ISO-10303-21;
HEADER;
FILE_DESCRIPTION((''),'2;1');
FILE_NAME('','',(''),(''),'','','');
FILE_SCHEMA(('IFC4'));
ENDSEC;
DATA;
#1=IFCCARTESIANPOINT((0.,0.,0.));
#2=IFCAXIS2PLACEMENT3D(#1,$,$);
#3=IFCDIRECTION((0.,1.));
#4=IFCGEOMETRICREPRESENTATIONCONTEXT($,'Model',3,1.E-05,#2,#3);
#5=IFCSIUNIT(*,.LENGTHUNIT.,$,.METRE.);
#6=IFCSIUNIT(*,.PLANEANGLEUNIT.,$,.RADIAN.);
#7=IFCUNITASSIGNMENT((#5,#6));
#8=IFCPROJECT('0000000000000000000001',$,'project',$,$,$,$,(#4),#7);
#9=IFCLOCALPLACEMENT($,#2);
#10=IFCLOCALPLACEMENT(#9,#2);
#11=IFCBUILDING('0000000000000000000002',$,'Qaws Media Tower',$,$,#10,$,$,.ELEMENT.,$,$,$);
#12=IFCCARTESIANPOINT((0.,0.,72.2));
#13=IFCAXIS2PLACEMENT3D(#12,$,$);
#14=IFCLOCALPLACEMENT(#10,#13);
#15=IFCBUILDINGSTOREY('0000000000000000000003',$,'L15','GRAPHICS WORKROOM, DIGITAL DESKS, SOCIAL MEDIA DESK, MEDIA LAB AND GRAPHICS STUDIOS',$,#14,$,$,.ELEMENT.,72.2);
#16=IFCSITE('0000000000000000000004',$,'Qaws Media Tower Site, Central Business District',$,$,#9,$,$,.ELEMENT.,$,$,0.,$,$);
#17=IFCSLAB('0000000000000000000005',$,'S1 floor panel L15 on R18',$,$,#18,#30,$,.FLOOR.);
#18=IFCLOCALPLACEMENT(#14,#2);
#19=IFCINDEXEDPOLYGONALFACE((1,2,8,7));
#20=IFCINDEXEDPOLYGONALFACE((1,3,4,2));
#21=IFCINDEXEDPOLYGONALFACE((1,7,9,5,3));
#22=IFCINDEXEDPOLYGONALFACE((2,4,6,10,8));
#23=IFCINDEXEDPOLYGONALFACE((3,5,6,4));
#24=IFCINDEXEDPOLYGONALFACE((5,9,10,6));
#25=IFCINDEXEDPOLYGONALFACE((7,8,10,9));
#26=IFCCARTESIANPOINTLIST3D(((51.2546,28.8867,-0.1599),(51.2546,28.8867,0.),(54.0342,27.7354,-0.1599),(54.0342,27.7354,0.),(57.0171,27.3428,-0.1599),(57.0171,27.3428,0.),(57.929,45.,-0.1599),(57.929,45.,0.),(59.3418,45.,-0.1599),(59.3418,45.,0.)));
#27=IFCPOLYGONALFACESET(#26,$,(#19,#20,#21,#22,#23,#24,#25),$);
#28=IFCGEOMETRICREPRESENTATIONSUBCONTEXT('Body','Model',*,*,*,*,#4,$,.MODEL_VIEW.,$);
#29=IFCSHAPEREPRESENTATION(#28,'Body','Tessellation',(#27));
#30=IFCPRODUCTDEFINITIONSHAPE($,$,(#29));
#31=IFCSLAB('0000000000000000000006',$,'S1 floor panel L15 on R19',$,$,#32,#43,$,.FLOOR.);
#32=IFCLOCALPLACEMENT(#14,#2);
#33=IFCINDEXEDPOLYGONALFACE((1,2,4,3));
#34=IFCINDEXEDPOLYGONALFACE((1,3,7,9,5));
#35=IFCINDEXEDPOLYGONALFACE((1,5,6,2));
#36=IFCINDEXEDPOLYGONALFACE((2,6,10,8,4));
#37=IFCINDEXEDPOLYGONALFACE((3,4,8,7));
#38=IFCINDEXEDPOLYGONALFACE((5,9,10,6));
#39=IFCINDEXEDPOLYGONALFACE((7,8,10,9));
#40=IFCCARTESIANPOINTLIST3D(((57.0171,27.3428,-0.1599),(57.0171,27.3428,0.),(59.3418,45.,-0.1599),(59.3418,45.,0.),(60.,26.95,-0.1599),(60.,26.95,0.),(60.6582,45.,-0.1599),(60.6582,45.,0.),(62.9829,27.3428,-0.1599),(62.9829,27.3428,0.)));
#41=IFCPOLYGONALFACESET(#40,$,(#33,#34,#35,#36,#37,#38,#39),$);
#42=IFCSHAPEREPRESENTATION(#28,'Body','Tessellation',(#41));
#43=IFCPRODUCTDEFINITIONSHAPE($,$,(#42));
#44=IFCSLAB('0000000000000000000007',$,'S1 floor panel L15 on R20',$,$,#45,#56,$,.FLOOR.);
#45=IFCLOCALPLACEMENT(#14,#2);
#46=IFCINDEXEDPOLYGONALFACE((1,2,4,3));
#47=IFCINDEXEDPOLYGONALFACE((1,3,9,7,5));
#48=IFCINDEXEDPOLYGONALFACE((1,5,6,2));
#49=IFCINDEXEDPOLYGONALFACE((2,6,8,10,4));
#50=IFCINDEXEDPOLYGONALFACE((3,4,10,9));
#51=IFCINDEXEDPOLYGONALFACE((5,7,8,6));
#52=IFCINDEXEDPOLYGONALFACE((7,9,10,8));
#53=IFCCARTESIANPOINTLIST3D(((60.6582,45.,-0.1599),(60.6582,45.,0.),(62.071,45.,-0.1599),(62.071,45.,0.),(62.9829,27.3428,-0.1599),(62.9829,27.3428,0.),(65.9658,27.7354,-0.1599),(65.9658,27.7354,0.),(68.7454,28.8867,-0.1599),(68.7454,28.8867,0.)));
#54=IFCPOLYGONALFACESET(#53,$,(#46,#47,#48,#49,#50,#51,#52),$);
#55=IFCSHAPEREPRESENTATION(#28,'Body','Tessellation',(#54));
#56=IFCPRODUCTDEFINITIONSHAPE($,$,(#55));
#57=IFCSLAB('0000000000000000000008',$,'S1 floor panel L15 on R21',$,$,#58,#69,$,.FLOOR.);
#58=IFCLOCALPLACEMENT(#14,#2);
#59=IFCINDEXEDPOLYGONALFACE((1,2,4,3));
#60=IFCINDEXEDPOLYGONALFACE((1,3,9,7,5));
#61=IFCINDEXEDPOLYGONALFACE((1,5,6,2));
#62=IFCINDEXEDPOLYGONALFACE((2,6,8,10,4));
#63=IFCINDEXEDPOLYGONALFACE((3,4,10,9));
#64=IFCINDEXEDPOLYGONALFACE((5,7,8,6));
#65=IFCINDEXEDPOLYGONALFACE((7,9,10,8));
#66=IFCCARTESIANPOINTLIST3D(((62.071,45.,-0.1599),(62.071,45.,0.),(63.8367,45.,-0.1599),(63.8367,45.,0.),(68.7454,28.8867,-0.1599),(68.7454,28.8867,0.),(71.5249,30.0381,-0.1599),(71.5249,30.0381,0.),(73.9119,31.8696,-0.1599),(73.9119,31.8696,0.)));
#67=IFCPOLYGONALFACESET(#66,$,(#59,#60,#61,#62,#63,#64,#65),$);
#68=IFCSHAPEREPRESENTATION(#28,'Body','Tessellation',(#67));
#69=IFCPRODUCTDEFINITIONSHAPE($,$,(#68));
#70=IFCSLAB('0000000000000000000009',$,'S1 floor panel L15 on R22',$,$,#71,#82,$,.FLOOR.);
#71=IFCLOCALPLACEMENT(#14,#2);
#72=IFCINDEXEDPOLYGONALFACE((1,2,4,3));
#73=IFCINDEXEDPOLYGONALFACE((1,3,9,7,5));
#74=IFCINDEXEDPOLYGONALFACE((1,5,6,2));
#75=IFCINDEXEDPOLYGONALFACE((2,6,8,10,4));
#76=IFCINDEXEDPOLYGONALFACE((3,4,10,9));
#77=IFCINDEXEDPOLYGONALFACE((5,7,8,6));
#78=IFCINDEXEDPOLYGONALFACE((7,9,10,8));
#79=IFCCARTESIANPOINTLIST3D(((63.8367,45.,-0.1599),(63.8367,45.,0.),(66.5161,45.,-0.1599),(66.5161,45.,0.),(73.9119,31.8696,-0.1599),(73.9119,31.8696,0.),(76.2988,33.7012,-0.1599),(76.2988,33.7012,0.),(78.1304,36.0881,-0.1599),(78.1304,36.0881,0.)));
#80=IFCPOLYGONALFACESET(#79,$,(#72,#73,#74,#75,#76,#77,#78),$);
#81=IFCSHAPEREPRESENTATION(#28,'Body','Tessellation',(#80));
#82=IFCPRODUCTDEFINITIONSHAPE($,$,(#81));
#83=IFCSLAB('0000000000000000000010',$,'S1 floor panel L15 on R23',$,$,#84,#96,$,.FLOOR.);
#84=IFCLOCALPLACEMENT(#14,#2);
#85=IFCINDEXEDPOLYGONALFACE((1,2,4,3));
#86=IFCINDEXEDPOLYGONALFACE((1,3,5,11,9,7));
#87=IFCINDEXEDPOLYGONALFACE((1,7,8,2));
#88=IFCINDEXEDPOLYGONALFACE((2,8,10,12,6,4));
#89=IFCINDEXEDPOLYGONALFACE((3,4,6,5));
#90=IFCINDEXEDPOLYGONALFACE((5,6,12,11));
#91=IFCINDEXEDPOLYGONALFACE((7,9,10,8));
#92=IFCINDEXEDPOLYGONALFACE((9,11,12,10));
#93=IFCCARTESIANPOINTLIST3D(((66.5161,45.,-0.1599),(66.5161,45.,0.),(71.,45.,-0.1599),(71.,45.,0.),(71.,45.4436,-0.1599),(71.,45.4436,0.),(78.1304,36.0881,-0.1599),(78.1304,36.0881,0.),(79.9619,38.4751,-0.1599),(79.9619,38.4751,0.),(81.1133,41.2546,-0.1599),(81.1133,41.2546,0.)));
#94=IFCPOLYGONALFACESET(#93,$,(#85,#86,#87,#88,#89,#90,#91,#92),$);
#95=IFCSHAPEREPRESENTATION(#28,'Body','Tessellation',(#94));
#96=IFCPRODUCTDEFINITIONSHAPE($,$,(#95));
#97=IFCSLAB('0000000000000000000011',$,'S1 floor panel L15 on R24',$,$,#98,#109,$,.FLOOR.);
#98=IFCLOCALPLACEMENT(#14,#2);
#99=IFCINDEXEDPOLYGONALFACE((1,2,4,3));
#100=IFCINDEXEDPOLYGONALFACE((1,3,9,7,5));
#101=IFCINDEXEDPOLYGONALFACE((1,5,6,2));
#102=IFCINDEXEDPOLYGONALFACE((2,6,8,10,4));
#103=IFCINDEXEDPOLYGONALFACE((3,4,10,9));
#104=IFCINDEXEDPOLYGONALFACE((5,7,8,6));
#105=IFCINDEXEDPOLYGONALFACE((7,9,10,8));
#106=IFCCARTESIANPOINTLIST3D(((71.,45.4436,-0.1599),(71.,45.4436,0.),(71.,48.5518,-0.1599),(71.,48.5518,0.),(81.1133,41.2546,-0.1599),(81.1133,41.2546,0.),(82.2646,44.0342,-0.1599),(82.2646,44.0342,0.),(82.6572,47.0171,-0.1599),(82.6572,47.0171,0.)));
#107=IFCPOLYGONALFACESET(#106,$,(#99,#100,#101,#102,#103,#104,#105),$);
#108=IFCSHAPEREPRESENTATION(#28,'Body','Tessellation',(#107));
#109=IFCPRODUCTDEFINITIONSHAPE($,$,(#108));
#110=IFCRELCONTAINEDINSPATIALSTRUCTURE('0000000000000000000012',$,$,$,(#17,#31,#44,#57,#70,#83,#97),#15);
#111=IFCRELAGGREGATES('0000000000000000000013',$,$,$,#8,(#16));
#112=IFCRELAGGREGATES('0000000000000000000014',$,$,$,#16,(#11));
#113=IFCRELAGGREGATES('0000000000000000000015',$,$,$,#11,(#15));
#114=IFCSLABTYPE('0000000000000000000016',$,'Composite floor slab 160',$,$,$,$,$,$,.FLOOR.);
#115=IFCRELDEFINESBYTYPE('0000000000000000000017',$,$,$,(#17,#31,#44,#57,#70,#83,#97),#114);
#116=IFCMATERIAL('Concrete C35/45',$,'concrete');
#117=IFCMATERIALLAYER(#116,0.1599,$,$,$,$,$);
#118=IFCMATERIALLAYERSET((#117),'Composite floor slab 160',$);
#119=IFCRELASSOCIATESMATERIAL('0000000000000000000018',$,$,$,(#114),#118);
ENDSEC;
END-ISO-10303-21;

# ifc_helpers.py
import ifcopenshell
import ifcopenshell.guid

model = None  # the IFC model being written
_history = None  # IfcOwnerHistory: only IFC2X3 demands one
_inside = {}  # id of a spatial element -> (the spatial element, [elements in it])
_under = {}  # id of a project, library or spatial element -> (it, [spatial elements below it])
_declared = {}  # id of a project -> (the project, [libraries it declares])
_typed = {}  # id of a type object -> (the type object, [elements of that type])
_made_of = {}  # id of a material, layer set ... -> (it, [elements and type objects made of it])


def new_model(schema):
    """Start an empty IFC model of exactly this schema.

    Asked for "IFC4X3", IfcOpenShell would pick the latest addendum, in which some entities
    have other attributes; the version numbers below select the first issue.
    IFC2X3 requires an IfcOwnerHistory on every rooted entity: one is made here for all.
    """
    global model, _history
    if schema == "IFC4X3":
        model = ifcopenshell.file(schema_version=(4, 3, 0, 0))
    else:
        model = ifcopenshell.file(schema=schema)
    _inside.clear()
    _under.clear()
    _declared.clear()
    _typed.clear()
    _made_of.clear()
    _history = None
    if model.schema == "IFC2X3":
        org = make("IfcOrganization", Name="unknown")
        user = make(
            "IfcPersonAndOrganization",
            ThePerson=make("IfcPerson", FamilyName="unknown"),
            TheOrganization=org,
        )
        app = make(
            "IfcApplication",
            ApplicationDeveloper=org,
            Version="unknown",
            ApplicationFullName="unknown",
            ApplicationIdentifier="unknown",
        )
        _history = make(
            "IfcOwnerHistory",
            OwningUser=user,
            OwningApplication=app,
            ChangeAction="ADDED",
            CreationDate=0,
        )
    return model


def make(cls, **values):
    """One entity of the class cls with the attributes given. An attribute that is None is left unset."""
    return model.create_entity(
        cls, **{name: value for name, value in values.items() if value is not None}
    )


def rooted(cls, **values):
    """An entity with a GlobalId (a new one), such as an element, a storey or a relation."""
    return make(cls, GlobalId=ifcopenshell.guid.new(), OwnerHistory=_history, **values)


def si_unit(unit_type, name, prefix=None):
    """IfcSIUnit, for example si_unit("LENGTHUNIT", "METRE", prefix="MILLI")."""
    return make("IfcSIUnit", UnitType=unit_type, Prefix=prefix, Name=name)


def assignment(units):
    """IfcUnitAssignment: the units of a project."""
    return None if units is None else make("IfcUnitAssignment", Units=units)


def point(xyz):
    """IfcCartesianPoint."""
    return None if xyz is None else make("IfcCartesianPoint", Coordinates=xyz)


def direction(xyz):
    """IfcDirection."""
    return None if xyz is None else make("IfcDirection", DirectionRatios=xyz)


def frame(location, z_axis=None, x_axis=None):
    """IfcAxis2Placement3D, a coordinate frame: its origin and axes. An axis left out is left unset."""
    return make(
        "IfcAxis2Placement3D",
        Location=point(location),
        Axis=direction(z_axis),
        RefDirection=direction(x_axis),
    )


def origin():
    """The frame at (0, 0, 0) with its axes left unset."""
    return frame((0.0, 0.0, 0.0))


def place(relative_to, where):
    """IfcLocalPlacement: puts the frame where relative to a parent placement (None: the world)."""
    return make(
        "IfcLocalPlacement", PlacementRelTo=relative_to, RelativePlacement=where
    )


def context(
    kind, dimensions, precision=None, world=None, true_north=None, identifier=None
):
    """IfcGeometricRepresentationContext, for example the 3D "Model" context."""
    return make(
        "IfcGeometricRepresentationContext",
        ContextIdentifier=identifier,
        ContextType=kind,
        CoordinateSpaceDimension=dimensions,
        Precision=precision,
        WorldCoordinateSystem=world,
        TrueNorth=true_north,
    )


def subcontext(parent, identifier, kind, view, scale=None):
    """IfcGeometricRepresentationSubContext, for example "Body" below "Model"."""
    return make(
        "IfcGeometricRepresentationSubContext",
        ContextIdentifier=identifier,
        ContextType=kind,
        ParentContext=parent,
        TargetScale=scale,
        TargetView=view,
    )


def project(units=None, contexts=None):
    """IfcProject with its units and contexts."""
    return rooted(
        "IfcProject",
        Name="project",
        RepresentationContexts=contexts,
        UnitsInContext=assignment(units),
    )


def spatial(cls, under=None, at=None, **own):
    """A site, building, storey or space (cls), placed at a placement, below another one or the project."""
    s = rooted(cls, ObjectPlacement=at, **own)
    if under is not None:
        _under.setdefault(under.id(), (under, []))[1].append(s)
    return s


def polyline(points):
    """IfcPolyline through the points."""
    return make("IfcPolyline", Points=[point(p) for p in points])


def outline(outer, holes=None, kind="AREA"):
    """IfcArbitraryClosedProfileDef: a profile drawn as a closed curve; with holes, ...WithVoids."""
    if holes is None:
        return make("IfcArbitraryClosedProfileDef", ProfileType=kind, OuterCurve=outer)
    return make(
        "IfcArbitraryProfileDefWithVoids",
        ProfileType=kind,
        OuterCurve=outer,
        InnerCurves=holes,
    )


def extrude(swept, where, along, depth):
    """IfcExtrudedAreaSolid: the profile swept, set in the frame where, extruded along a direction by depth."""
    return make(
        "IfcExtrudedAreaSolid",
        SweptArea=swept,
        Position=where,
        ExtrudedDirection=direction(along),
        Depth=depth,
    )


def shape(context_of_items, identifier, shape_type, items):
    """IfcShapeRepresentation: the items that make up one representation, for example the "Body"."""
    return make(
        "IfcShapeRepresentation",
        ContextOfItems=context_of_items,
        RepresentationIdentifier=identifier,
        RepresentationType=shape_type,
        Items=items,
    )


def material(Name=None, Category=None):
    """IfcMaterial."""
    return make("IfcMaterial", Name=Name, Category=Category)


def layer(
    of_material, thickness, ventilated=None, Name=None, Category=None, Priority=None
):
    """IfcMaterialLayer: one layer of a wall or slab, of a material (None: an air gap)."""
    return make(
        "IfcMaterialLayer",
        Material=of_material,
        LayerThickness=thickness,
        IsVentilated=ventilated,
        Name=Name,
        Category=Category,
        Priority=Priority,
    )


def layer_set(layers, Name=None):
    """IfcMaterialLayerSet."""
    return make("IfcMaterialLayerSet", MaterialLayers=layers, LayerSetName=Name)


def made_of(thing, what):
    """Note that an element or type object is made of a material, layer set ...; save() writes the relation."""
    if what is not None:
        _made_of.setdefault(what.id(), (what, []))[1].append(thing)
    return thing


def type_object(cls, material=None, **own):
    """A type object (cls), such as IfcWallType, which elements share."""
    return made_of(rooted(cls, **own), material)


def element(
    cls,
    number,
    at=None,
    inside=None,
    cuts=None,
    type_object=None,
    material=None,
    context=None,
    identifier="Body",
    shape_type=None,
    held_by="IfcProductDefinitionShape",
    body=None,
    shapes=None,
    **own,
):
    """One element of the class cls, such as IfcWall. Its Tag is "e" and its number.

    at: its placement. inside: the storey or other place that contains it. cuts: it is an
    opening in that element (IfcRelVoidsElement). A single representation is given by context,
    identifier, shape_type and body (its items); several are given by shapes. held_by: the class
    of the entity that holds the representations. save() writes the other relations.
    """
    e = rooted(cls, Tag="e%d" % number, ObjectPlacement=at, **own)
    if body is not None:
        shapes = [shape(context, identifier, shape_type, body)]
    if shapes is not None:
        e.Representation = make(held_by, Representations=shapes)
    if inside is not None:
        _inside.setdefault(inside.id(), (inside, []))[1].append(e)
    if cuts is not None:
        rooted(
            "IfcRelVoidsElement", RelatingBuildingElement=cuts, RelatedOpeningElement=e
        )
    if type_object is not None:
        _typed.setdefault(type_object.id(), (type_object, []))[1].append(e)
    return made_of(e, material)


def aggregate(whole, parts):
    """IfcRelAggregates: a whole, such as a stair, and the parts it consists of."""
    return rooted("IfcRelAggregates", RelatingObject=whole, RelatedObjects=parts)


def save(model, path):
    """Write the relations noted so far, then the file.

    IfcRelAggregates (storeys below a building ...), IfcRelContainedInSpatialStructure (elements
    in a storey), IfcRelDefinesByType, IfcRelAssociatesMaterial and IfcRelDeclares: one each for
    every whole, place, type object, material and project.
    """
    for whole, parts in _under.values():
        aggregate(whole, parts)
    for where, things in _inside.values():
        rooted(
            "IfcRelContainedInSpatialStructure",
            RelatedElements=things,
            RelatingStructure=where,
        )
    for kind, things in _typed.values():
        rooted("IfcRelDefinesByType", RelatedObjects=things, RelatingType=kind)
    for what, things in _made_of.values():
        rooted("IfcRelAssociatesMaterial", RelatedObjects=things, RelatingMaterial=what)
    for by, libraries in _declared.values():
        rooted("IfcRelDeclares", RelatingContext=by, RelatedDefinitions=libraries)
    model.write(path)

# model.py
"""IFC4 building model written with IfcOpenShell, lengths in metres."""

from ifc_helpers import new_model, si_unit, direction, frame, origin, place, context, subcontext, project, spatial, polyline, outline, extrude, material, layer, layer_set, type_object, element, save


model = new_model("IFC4")

# Units and contexts
model_context = context("Model", 3, precision=1e-05, world=origin(), true_north=direction((0.0, 1.0)))
body_context = subcontext(model_context, "Body", "Model", "MODEL_VIEW")
ifc_project = project(units=[si_unit("LENGTHUNIT", "METRE"), si_unit("PLANEANGLEUNIT", "RADIAN")], contexts=[model_context])

# Site, building, storey
site_placement = place(None, origin())
site = spatial("IfcSite", under=ifc_project, at=site_placement, Name="Qaws Media Tower Site, Central Business District", CompositionType="ELEMENT", RefElevation=0.0)
building_placement = place(site_placement, origin())
building = spatial("IfcBuilding", under=site, at=building_placement, Name="Qaws Media Tower", CompositionType="ELEMENT")
storey_placement = place(building_placement, frame((0.0, 0.0, 72.2)))
storey = spatial("IfcBuildingStorey", under=building, at=storey_placement, Name="L15", Description="GRAPHICS WORKROOM, DIGITAL DESKS, SOCIAL MEDIA DESK, MEDIA LAB AND GRAPHICS STUDIOS", CompositionType="ELEMENT", Elevation=72.2)

# Slabs
ifc_material_1 = material(Name="Concrete C35/45", Category="concrete")
ifc_layer_1 = layer(ifc_material_1, 0.1599)
ifc_layer_set_1 = layer_set([ifc_layer_1], Name="Composite floor slab 160")
slab_type_1 = type_object("IfcSlabType", Name="Composite floor slab 160", PredefinedType="FLOOR", material=ifc_layer_set_1)
slab_1_placement = place(storey_placement, frame((0.0, 0.0, -0.1599)))
element("IfcSlab", 1, at=slab_1_placement, inside=storey, type_object=slab_type_1, Name="S1 floor panel L15 on R18", PredefinedType="FLOOR", context=body_context, shape_type="SweptSolid", body=[
    extrude(outline(polyline([(54.0342, 27.7354), (51.2546, 28.8867), (57.929, 45.0), (59.3418, 45.0), (57.0171, 27.3428), (54.0342, 27.7354)])), origin(), (0.0, 0.0, 1.0), 0.1599),
])
slab_2_placement = place(storey_placement, frame((0.0, 0.0, -0.1599)))
element("IfcSlab", 2, at=slab_2_placement, inside=storey, type_object=slab_type_1, Name="S1 floor panel L15 on R19", PredefinedType="FLOOR", context=body_context, shape_type="SweptSolid", body=[
    extrude(outline(polyline([(60.0, 26.95), (57.0171, 27.3428), (59.3418, 45.0), (60.6582, 45.0), (62.9829, 27.3428), (60.0, 26.95)])), origin(), (0.0, 0.0, 1.0), 0.1599),
])
slab_3_placement = place(storey_placement, frame((0.0, 0.0, -0.1599)))
element("IfcSlab", 3, at=slab_3_placement, inside=storey, type_object=slab_type_1, Name="S1 floor panel L15 on R20", PredefinedType="FLOOR", context=body_context, shape_type="SweptSolid", body=[
    extrude(outline(polyline([(65.9658, 27.7354), (62.9829, 27.3428), (60.6582, 45.0), (62.071, 45.0), (68.7454, 28.8867), (65.9658, 27.7354)])), origin(), (0.0, 0.0, 1.0), 0.1599),
])
slab_4_placement = place(storey_placement, frame((0.0, 0.0, -0.1599)))
element("IfcSlab", 4, at=slab_4_placement, inside=storey, type_object=slab_type_1, Name="S1 floor panel L15 on R21", PredefinedType="FLOOR", context=body_context, shape_type="SweptSolid", body=[
    extrude(outline(polyline([(71.5249, 30.0381), (68.7454, 28.8867), (62.071, 45.0), (63.8367, 45.0), (73.9119, 31.8696), (71.5249, 30.0381)])), origin(), (0.0, 0.0, 1.0), 0.1599),
])
slab_5_placement = place(storey_placement, frame((0.0, 0.0, -0.1599)))
element("IfcSlab", 5, at=slab_5_placement, inside=storey, type_object=slab_type_1, Name="S1 floor panel L15 on R22", PredefinedType="FLOOR", context=body_context, shape_type="SweptSolid", body=[
    extrude(outline(polyline([(76.2988, 33.7012), (73.9119, 31.8696), (63.8367, 45.0), (66.5161, 45.0), (78.1304, 36.0881), (76.2988, 33.7012)])), origin(), (0.0, 0.0, 1.0), 0.1599),
])
slab_6_placement = place(storey_placement, frame((0.0, 0.0, -0.1599)))
element("IfcSlab", 6, at=slab_6_placement, inside=storey, type_object=slab_type_1, Name="S1 floor panel L15 on R23", PredefinedType="FLOOR", context=body_context, shape_type="SweptSolid", body=[
    extrude(outline(polyline([(79.9619, 38.4751), (78.1304, 36.0881), (66.5161, 45.0), (71.0, 45.0), (71.0, 45.4436), (81.1133, 41.2546), (79.9619, 38.4751)])), origin(), (0.0, 0.0, 1.0), 0.1599),
])
slab_7_placement = place(storey_placement, frame((0.0, 0.0, -0.1599)))
element("IfcSlab", 7, at=slab_7_placement, inside=storey, type_object=slab_type_1, Name="S1 floor panel L15 on R24", PredefinedType="FLOOR", context=body_context, shape_type="SweptSolid", body=[
    extrude(outline(polyline([(81.1133, 41.2546), (71.0, 45.4436), (71.0, 48.5518), (82.6572, 47.0171), (82.2646, 44.0342), (81.1133, 41.2546)])), origin(), (0.0, 0.0, 1.0), 0.1599),
])

save(model, "model.ifc")
